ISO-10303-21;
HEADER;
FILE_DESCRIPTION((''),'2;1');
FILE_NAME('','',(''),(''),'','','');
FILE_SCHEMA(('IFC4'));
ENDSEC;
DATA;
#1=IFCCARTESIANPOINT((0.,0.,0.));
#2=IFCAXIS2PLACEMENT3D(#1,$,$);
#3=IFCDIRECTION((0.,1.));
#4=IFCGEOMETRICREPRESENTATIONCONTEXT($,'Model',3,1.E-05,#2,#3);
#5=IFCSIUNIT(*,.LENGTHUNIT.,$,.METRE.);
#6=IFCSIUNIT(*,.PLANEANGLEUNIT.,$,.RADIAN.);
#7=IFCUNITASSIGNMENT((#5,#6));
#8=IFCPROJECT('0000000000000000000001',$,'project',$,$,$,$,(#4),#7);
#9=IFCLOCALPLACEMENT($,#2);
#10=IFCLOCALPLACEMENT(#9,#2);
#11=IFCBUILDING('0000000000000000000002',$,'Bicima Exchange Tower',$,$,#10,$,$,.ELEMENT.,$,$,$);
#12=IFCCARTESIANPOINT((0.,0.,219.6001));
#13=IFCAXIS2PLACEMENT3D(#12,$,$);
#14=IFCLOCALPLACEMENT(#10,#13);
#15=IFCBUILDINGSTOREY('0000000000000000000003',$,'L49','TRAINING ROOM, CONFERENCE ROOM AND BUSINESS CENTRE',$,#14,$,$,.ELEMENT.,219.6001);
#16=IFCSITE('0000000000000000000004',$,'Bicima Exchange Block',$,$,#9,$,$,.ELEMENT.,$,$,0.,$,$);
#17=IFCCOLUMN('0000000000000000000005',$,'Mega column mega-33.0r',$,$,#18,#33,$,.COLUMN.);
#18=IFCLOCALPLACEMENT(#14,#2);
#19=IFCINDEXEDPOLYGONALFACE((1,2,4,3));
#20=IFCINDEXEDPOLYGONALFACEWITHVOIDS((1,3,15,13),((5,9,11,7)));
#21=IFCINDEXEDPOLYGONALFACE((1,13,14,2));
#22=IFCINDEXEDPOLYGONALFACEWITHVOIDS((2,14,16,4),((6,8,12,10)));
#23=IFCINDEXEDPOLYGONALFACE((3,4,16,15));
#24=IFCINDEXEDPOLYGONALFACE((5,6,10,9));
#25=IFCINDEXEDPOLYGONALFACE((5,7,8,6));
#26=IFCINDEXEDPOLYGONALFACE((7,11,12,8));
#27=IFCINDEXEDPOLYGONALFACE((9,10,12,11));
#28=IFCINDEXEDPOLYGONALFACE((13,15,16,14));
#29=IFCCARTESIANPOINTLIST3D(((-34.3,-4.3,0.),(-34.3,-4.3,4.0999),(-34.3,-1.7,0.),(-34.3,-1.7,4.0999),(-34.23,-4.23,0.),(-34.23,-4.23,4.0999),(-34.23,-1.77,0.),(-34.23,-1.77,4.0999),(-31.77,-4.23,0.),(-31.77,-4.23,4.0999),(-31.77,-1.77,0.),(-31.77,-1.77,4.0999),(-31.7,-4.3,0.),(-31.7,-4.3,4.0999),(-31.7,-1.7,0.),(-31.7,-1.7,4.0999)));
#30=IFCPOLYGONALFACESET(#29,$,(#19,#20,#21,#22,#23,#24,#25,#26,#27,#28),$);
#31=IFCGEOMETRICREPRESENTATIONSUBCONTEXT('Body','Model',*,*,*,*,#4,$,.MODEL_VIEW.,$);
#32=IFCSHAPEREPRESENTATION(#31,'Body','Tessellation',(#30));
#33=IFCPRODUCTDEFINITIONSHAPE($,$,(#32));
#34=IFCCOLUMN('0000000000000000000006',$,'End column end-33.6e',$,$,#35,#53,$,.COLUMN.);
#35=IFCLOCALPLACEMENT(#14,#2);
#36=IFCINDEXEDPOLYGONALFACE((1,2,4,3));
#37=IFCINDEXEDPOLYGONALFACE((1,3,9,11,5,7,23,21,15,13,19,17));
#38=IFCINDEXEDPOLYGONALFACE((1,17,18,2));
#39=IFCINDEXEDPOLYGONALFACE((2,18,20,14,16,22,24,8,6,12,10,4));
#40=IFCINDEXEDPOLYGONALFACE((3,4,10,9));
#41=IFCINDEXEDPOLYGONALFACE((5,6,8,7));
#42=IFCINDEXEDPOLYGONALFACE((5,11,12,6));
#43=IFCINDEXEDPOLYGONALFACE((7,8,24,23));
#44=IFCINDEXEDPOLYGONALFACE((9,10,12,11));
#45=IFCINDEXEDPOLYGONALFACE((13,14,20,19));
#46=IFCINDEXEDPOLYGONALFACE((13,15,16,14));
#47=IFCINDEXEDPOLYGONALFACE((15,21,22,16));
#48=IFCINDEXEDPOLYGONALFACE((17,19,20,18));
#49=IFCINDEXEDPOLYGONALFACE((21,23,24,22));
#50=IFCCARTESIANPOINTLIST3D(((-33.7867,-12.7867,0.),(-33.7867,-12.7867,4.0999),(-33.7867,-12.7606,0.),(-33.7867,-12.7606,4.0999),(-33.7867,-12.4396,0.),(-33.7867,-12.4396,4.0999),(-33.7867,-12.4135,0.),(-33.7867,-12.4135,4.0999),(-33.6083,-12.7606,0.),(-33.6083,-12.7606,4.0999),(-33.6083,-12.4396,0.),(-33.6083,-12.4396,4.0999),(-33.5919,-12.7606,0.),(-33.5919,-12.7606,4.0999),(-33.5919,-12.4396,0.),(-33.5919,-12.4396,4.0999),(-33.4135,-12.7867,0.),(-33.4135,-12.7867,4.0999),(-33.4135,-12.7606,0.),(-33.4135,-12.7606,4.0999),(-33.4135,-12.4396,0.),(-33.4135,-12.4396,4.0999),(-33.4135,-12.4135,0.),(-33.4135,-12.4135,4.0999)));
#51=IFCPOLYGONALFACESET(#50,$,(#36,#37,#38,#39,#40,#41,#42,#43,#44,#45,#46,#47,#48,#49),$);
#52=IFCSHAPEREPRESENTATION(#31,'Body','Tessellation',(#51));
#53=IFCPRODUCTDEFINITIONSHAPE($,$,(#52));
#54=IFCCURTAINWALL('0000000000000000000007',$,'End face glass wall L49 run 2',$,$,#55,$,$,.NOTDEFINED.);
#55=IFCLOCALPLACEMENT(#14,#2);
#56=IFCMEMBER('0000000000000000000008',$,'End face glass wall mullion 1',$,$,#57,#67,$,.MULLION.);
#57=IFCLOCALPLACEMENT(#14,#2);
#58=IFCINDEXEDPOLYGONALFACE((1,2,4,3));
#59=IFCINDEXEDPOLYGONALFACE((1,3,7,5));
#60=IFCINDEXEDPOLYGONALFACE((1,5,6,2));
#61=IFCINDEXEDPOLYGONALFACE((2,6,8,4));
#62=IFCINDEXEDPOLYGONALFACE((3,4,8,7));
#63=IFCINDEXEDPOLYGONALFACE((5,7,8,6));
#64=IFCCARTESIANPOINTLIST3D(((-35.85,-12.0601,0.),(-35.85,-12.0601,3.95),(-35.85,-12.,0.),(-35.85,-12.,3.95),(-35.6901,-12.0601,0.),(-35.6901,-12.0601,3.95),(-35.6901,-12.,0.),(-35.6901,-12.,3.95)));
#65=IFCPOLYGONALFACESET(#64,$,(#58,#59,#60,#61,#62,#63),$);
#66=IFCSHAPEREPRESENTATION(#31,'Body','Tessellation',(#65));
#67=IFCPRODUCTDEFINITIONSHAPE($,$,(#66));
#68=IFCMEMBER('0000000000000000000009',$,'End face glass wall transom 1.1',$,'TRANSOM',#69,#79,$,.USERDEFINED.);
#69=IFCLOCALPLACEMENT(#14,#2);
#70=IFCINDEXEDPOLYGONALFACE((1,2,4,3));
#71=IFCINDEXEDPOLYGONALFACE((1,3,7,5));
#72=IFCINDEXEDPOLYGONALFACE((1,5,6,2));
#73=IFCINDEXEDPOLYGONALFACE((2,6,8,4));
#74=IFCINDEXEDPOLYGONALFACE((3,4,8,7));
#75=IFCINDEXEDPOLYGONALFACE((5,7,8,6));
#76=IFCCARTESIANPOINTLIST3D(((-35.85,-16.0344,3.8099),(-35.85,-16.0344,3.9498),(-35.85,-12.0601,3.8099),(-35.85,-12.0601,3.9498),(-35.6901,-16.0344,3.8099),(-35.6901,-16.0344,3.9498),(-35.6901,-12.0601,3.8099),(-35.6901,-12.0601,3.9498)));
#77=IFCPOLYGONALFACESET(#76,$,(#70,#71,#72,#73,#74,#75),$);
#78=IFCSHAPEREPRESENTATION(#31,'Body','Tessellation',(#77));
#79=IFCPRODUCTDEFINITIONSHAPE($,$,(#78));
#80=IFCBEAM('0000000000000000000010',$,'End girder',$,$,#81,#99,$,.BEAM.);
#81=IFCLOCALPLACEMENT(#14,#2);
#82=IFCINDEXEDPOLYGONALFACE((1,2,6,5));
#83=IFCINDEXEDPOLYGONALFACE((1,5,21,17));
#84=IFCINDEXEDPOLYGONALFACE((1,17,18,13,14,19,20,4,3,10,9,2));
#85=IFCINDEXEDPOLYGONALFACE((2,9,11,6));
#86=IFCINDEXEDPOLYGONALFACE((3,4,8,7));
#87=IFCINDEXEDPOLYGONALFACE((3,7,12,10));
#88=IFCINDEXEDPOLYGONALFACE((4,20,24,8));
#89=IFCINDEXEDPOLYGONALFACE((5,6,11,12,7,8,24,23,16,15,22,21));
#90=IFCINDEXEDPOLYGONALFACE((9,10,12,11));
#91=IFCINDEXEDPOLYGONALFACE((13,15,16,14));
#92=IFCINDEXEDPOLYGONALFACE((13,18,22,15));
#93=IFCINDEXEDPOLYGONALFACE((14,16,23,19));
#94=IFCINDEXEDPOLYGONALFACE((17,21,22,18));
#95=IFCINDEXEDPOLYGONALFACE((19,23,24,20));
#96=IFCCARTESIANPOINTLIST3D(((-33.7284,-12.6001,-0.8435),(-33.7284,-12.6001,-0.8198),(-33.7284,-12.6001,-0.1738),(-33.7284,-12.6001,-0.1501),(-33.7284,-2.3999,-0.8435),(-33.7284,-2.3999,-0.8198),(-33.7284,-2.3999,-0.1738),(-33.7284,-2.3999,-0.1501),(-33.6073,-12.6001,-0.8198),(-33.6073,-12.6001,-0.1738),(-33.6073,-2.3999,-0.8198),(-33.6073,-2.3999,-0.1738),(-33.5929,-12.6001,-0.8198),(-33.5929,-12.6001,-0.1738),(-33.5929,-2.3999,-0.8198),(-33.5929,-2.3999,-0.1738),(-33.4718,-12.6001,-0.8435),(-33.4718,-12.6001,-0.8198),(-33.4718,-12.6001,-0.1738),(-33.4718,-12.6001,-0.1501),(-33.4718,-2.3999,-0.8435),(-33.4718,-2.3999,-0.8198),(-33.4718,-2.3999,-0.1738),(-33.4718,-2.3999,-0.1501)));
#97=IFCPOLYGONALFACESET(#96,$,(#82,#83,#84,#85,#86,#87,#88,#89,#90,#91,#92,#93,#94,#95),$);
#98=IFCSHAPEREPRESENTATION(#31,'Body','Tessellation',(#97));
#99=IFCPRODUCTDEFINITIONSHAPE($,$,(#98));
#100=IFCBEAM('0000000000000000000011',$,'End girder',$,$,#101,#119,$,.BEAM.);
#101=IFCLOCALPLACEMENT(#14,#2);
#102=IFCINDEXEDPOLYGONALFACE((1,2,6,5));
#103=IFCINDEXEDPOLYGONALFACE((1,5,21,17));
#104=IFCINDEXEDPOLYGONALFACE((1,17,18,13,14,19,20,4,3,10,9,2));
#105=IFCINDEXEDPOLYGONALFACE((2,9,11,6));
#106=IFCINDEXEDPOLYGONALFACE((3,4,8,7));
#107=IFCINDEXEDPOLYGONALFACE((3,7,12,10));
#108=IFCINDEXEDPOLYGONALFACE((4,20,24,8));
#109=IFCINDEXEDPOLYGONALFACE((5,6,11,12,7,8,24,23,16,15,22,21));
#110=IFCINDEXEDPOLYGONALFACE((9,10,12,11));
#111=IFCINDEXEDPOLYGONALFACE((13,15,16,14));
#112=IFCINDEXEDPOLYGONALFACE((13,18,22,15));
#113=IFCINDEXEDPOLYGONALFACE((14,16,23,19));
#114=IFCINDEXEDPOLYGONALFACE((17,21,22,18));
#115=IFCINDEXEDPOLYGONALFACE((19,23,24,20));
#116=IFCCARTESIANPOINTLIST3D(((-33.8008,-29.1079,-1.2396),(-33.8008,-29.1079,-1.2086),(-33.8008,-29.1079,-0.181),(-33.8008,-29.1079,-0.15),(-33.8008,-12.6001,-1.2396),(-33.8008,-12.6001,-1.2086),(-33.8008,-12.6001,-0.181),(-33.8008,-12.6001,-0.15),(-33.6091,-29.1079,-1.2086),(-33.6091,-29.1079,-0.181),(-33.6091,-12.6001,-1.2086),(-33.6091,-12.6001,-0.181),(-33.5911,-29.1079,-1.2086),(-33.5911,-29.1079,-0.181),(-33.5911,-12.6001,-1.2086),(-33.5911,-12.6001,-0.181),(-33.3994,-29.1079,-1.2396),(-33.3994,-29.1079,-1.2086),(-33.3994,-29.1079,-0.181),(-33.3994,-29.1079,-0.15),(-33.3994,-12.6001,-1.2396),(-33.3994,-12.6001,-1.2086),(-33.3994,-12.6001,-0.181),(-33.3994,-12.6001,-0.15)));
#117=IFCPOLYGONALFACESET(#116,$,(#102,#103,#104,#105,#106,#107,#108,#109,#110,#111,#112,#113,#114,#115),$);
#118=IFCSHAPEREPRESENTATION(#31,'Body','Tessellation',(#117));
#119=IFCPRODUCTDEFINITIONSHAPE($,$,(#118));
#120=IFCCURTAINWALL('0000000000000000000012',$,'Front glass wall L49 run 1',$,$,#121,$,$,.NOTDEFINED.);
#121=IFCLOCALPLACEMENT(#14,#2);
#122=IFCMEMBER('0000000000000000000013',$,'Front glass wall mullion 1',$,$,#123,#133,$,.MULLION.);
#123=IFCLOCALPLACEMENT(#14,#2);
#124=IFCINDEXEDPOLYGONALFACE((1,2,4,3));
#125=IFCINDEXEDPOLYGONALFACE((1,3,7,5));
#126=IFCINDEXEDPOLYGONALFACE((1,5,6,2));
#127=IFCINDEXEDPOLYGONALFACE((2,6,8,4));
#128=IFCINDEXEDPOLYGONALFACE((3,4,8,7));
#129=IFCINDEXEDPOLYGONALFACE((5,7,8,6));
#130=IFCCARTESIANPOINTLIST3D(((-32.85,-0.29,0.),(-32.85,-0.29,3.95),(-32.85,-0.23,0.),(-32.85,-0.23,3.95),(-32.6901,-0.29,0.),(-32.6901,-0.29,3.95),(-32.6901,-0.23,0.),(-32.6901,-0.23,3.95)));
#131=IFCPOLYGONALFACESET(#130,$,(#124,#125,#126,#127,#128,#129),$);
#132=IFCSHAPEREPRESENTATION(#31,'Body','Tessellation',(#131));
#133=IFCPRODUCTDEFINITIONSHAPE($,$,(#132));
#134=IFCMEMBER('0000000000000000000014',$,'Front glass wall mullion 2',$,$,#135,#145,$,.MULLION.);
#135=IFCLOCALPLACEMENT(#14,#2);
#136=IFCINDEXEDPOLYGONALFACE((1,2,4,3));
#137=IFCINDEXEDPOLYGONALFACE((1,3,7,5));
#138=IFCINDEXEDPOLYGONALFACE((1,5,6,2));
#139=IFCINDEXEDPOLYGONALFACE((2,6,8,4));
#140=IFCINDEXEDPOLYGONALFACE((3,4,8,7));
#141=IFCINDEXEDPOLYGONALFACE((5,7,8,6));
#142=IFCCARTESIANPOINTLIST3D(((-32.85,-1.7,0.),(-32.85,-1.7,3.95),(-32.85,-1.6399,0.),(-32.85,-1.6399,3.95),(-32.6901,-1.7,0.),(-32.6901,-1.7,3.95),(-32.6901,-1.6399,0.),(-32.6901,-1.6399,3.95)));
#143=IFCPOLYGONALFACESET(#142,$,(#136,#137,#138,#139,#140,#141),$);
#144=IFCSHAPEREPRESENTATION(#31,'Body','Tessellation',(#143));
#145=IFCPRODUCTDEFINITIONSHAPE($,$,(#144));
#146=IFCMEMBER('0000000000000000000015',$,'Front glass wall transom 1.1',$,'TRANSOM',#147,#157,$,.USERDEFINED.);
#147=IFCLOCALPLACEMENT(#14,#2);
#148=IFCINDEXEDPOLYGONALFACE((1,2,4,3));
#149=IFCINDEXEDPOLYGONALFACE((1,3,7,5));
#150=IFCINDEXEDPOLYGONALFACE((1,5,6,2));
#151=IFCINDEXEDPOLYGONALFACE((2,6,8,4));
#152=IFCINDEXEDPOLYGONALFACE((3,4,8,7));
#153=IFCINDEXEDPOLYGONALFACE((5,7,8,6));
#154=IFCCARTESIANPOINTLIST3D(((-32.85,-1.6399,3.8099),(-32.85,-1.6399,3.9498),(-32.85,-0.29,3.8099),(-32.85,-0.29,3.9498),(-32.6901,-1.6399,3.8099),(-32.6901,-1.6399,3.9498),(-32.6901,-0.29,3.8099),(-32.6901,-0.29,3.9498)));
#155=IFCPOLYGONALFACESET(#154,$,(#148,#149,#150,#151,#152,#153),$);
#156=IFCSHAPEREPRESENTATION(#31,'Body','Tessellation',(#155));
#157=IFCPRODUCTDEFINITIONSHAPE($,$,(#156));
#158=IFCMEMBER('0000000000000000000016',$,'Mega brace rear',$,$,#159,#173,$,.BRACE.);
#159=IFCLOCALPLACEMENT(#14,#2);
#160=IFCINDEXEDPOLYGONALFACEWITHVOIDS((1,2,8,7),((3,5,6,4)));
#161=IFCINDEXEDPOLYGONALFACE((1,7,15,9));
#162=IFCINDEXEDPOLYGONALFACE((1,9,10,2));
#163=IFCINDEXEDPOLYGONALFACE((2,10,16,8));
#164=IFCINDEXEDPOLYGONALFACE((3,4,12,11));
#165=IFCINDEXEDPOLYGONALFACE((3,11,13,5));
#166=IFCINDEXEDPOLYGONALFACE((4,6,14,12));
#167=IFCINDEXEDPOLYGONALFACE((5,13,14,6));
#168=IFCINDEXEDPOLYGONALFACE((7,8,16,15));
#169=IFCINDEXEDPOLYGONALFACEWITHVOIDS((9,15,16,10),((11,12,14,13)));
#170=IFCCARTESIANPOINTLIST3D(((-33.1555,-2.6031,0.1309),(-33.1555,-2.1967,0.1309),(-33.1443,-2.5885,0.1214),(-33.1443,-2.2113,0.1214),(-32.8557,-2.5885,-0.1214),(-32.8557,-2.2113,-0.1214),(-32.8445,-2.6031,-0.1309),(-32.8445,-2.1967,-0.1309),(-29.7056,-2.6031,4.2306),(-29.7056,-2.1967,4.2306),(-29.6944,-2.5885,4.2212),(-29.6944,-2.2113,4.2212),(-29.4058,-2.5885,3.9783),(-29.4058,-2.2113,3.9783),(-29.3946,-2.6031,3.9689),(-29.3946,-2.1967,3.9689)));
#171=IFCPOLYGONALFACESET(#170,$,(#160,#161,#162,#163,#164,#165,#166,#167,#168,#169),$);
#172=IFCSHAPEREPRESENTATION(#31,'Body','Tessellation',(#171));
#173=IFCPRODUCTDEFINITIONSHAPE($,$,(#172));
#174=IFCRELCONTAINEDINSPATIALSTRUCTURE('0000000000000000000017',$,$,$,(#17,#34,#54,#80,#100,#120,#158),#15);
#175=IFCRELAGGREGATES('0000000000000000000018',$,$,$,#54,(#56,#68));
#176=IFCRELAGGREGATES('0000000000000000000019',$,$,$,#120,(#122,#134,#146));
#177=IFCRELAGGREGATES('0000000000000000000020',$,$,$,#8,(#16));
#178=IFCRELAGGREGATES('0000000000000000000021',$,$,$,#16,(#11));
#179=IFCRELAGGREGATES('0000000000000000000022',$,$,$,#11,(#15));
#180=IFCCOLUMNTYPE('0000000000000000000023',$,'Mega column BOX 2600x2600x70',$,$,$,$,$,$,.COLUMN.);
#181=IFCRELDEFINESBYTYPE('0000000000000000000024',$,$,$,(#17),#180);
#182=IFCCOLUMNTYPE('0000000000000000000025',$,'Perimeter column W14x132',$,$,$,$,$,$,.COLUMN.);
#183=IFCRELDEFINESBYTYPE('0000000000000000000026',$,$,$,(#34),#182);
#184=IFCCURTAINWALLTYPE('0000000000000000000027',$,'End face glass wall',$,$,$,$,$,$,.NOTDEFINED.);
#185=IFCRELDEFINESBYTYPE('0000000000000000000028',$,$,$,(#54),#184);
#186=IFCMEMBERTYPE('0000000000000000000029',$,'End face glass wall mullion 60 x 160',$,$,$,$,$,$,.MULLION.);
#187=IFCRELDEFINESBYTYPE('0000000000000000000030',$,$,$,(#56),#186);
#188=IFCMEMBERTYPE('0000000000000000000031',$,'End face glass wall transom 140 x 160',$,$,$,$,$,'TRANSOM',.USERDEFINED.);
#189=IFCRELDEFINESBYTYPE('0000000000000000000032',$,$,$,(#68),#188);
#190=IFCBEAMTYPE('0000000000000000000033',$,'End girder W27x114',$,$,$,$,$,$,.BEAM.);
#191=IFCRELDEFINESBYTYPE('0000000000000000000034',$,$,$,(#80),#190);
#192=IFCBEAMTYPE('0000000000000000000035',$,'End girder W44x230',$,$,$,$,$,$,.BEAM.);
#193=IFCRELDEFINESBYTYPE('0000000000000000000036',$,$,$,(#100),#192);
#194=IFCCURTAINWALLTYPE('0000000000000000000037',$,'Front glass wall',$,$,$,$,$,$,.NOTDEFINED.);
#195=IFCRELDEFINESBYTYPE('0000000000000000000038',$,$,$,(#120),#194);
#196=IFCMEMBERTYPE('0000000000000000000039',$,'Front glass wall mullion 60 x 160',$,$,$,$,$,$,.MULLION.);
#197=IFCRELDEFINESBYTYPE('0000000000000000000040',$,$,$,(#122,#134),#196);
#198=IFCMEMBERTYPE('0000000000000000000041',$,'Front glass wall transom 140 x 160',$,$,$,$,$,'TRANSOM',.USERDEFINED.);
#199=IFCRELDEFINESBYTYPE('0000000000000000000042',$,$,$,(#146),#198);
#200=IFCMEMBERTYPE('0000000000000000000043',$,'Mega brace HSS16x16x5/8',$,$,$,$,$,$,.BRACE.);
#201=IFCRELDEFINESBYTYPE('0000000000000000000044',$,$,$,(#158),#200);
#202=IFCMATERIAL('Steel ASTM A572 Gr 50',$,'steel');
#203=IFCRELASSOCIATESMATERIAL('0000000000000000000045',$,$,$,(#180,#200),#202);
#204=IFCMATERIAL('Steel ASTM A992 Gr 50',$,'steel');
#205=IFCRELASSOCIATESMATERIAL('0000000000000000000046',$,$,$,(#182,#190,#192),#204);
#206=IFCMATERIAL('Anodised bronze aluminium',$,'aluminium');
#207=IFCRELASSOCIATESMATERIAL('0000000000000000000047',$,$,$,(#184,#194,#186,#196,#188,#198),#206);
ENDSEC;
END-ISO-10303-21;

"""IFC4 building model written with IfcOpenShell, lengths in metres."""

from ifc_helpers import new_model, si_unit, direction, frame, origin, origin_2d, place, context, subcontext, project, spatial, rectangle, hollow_rectangle, i_section, extrude, material, material_profile, profile_set, type_object, element, aggregate, save


model = new_model("IFC4")

# Units and contexts
model_context = context("Model", 3, precision=1e-05, world=origin(), true_north=direction((0.0, 1.0)))
body_context = subcontext(model_context, "Body", "Model", "MODEL_VIEW")
ifc_project = project(units=[si_unit("LENGTHUNIT", "METRE"), si_unit("PLANEANGLEUNIT", "RADIAN")], contexts=[model_context])

# Site, building, storey
site_placement = place(None, origin())
site = spatial("IfcSite", under=ifc_project, at=site_placement, Name="Bicima Exchange Block", CompositionType="ELEMENT", RefElevation=0.0)
building_placement = place(site_placement, origin())
building = spatial("IfcBuilding", under=site, at=building_placement, Name="Bicima Exchange Tower", CompositionType="ELEMENT")
storey_placement = place(building_placement, frame((0.0, 0.0, 219.6001)))
storey = spatial("IfcBuildingStorey", under=building, at=storey_placement, Name="L49", Description="TRAINING ROOM, CONFERENCE ROOM AND BUSINESS CENTRE", CompositionType="ELEMENT", Elevation=219.6001)

# Columns
ifc_material_1 = material(Name="Steel ASTM A572 Gr 50", Category="steel")
ifc_material_profile_1 = material_profile(ifc_material_1, hollow_rectangle(XDim=2.6001, YDim=2.6001, WallThickness=0.0701, at=origin_2d()))
ifc_profile_set_1 = profile_set([ifc_material_profile_1], Name="Steel ASTM A572 Gr 50")
column_type_1 = type_object("IfcColumnType", Name="Mega column BOX 2600x2600x70", PredefinedType="COLUMN", material=ifc_profile_set_1)
column_1_placement = place(storey_placement, frame((-33.0, -3.0, 0.0), z_axis=(0.0, 0.0, 1.0), x_axis=(1.0, 0.0, 0.0)))
element("IfcColumn", 1, at=column_1_placement, inside=storey, type_object=column_type_1, Name="Mega column mega-33.0r", PredefinedType="COLUMN", context=body_context, shape_type="SweptSolid", body=[
    extrude(hollow_rectangle(XDim=2.6001, YDim=2.6001, WallThickness=0.0701, at=origin_2d()), origin(), (0.0, 0.0, 1.0), 4.0999),
])
ifc_material_2 = material(Name="Steel ASTM A992 Gr 50", Category="steel")
ifc_material_profile_2 = material_profile(ifc_material_2, i_section(OverallWidth=0.3733, OverallDepth=0.3733, WebThickness=0.0164, FlangeThickness=0.0261, at=origin_2d()))
ifc_profile_set_2 = profile_set([ifc_material_profile_2], Name="Steel ASTM A992 Gr 50")
column_type_2 = type_object("IfcColumnType", Name="Perimeter column W14x132", PredefinedType="COLUMN", material=ifc_profile_set_2)
column_2_placement = place(storey_placement, frame((-33.6001, -12.6001, 0.0), z_axis=(0.0, 0.0, 1.0), x_axis=(1.0, 0.0, 0.0)))
element("IfcColumn", 2, at=column_2_placement, inside=storey, type_object=column_type_2, Name="End column end-33.6e", PredefinedType="COLUMN", context=body_context, shape_type="SweptSolid", body=[
    extrude(i_section(OverallWidth=0.3733, OverallDepth=0.3733, WebThickness=0.0164, FlangeThickness=0.0261, at=origin_2d()), origin(), (0.0, 0.0, 1.0), 4.0999),
])

# Curtain wall, members
ifc_material_3 = material(Name="Anodised bronze aluminium", Category="aluminium")
curtain_wall_type_1 = type_object("IfcCurtainWallType", Name="End face glass wall", PredefinedType="NOTDEFINED", material=ifc_material_3)
curtain_wall_1_placement = place(storey_placement, origin())
curtain_wall_1 = element("IfcCurtainWall", 3, at=curtain_wall_1_placement, inside=storey, type_object=curtain_wall_type_1, Name="End face glass wall L49 run 2", PredefinedType="NOTDEFINED")
ifc_material_profile_3 = material_profile(ifc_material_3, rectangle(XDim=0.1599, YDim=0.0601, at=origin_2d()))
ifc_profile_set_3 = profile_set([ifc_material_profile_3], Name="Anodised bronze aluminium")
member_type_1 = type_object("IfcMemberType", Name="End face glass wall mullion 60 x 160", PredefinedType="MULLION", material=ifc_profile_set_3)
member_1_placement = place(storey_placement, frame((-35.77, -12.03, 0.0), z_axis=(0.0, 0.0, 1.0), x_axis=(1.0, 0.0, 0.0)))
member_1 = element("IfcMember", 4, at=member_1_placement, type_object=member_type_1, Name="End face glass wall mullion 1", PredefinedType="MULLION", context=body_context, shape_type="SweptSolid", body=[
    extrude(rectangle(XDim=0.1599, YDim=0.0601, at=origin_2d()), origin(), (0.0, 0.0, 1.0), 3.95),
])
ifc_material_profile_4 = material_profile(ifc_material_3, rectangle(XDim=0.1599, YDim=0.1399, at=origin_2d()))
ifc_profile_set_4 = profile_set([ifc_material_profile_4], Name="Anodised bronze aluminium")
member_type_2 = type_object("IfcMemberType", Name="End face glass wall transom 140 x 160", ElementType="TRANSOM", PredefinedType="USERDEFINED", material=ifc_profile_set_4)
member_2_placement = place(storey_placement, frame((-35.77, -12.0601, 3.8799), z_axis=(0.0, -1.0, 0.0), x_axis=(1.0, 0.0, 0.0)))
member_2 = element("IfcMember", 5, at=member_2_placement, type_object=member_type_2, Name="End face glass wall transom 1.1", ObjectType="TRANSOM", PredefinedType="USERDEFINED", context=body_context, shape_type="SweptSolid", body=[
    extrude(rectangle(XDim=0.1599, YDim=0.1399, at=origin_2d()), origin(), (0.0, 0.0, 1.0), 3.9744),
])
aggregate(curtain_wall_1, [member_1, member_2])

# Beams
ifc_material_profile_5 = material_profile(ifc_material_2, i_section(OverallWidth=0.2566, OverallDepth=0.6934, WebThickness=0.0144, FlangeThickness=0.0237, at=origin_2d()))
ifc_profile_set_5 = profile_set([ifc_material_profile_5], Name="Steel ASTM A992 Gr 50")
beam_type_1 = type_object("IfcBeamType", Name="End girder W27x114", PredefinedType="BEAM", material=ifc_profile_set_5)
beam_1_placement = place(storey_placement, frame((-33.6001, -2.3999, -0.4968), z_axis=(0.0, -1.0, 0.0), x_axis=(1.0, 0.0, 0.0)))
element("IfcBeam", 6, at=beam_1_placement, inside=storey, type_object=beam_type_1, Name="End girder", PredefinedType="BEAM", context=body_context, shape_type="SweptSolid", body=[
    extrude(i_section(OverallWidth=0.2566, OverallDepth=0.6934, WebThickness=0.0144, FlangeThickness=0.0237, at=origin_2d()), origin(), (0.0, 0.0, 1.0), 10.2002),
])
ifc_material_profile_6 = material_profile(ifc_material_2, i_section(OverallWidth=0.4014, OverallDepth=1.0896, WebThickness=0.0181, FlangeThickness=0.031, at=origin_2d()))
ifc_profile_set_6 = profile_set([ifc_material_profile_6], Name="Steel ASTM A992 Gr 50")
beam_type_2 = type_object("IfcBeamType", Name="End girder W44x230", PredefinedType="BEAM", material=ifc_profile_set_6)
beam_2_placement = place(storey_placement, frame((-33.6001, -12.6001, -0.6948), z_axis=(0.0, -1.0, 0.0), x_axis=(1.0, 0.0, 0.0)))
element("IfcBeam", 7, at=beam_2_placement, inside=storey, type_object=beam_type_2, Name="End girder", PredefinedType="BEAM", context=body_context, shape_type="SweptSolid", body=[
    extrude(i_section(OverallWidth=0.4014, OverallDepth=1.0896, WebThickness=0.0181, FlangeThickness=0.031, at=origin_2d()), origin(), (0.0, 0.0, 1.0), 16.5078),
])

# Curtain wall, members
curtain_wall_type_2 = type_object("IfcCurtainWallType", Name="Front glass wall", PredefinedType="NOTDEFINED", material=ifc_material_3)
curtain_wall_2_placement = place(storey_placement, origin())
curtain_wall_2 = element("IfcCurtainWall", 8, at=curtain_wall_2_placement, inside=storey, type_object=curtain_wall_type_2, Name="Front glass wall L49 run 1", PredefinedType="NOTDEFINED")
member_type_3 = type_object("IfcMemberType", Name="Front glass wall mullion 60 x 160", PredefinedType="MULLION", material=ifc_profile_set_3)
member_3_placement = place(storey_placement, frame((-32.77, -0.26, 0.0), z_axis=(0.0, 0.0, 1.0), x_axis=(1.0, 0.0, 0.0)))
member_3 = element("IfcMember", 9, at=member_3_placement, type_object=member_type_3, Name="Front glass wall mullion 1", PredefinedType="MULLION", context=body_context, shape_type="SweptSolid", body=[
    extrude(rectangle(XDim=0.1599, YDim=0.0601, at=origin_2d()), origin(), (0.0, 0.0, 1.0), 3.95),
])
member_4_placement = place(storey_placement, frame((-32.77, -1.6699, 0.0), z_axis=(0.0, 0.0, 1.0), x_axis=(1.0, 0.0, 0.0)))
member_4 = element("IfcMember", 10, at=member_4_placement, type_object=member_type_3, Name="Front glass wall mullion 2", PredefinedType="MULLION", context=body_context, shape_type="SweptSolid", body=[
    extrude(rectangle(XDim=0.1599, YDim=0.0601, at=origin_2d()), origin(), (0.0, 0.0, 1.0), 3.95),
])
member_type_4 = type_object("IfcMemberType", Name="Front glass wall transom 140 x 160", ElementType="TRANSOM", PredefinedType="USERDEFINED", material=ifc_profile_set_4)
member_5_placement = place(storey_placement, frame((-32.77, -0.29, 3.8799), z_axis=(0.0, -1.0, 0.0), x_axis=(1.0, 0.0, 0.0)))
member_5 = element("IfcMember", 11, at=member_5_placement, type_object=member_type_4, Name="Front glass wall transom 1.1", ObjectType="TRANSOM", PredefinedType="USERDEFINED", context=body_context, shape_type="SweptSolid", body=[
    extrude(rectangle(XDim=0.1599, YDim=0.1399, at=origin_2d()), origin(), (0.0, 0.0, 1.0), 1.3499),
])

# Member
ifc_material_profile_7 = material_profile(ifc_material_1, hollow_rectangle(XDim=0.4065, YDim=0.4065, WallThickness=0.0146, at=origin_2d()))
ifc_profile_set_7 = profile_set([ifc_material_profile_7], Name="Steel ASTM A572 Gr 50")
member_type_5 = type_object("IfcMemberType", Name="Mega brace HSS16x16x5/8", PredefinedType="BRACE", material=ifc_profile_set_7)
member_6_placement = place(storey_placement, frame((-33.0, -2.3999, 0.0), z_axis=(0.643856, 0.0, 0.765146), x_axis=(0.0, 1.0, 0.0)))
element("IfcMember", 12, at=member_6_placement, inside=storey, type_object=member_type_5, Name="Mega brace rear", PredefinedType="BRACE", context=body_context, shape_type="SweptSolid", body=[
    extrude(hollow_rectangle(XDim=0.4065, YDim=0.4065, WallThickness=0.0146, at=origin_2d()), origin(), (0.0, 0.0, 1.0), 5.3582),
])

aggregate(curtain_wall_2, [member_3, member_4, member_5])

save(model, "model.ifc")
